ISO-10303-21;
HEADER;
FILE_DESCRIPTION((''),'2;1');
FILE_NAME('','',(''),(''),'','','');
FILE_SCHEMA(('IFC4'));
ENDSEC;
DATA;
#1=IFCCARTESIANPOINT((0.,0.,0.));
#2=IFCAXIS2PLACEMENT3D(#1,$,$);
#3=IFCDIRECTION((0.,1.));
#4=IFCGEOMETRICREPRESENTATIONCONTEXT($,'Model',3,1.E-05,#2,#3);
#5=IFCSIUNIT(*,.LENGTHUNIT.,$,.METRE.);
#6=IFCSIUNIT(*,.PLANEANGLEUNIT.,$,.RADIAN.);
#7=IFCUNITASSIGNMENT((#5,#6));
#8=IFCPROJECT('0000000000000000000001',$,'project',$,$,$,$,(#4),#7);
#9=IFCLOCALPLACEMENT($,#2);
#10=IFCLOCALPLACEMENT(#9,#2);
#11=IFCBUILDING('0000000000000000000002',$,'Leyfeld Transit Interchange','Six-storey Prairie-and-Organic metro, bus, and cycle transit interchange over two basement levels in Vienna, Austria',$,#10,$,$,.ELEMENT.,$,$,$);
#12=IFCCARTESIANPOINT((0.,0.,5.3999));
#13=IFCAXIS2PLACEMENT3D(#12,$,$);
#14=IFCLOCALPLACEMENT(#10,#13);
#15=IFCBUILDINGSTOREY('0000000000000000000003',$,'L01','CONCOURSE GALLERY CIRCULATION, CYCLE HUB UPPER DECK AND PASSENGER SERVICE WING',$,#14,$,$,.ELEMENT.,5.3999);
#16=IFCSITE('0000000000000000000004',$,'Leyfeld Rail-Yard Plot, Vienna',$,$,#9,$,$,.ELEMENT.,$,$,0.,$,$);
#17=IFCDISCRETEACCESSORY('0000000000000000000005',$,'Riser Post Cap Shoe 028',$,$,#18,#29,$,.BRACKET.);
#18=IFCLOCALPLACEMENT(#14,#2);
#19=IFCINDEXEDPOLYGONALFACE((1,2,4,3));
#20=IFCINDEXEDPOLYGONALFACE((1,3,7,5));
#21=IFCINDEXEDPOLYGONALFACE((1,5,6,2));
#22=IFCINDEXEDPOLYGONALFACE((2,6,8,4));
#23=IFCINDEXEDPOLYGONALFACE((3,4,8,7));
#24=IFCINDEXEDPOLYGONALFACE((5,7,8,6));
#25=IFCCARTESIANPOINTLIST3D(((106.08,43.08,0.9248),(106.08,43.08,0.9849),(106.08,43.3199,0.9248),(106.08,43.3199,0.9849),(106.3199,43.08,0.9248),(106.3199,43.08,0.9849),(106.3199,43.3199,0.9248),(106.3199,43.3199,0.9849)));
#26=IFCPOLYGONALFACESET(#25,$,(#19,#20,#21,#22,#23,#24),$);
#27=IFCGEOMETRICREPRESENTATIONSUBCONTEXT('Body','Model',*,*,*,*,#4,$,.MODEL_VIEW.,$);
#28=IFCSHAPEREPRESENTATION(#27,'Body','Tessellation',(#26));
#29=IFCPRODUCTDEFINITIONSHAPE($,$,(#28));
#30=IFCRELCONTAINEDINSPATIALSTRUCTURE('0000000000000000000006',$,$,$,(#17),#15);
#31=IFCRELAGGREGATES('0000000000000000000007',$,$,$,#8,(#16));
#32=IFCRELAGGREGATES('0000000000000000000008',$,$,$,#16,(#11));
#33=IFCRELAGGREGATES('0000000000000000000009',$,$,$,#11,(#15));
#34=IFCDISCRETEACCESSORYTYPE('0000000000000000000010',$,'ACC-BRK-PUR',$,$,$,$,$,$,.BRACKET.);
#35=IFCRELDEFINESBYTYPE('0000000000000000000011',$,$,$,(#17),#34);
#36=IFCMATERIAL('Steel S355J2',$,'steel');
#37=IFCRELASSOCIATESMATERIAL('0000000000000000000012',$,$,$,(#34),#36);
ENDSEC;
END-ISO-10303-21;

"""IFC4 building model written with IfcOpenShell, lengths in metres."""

from ifc_helpers import new_model, si_unit, direction, frame, origin, origin_2d, place, context, subcontext, project, spatial, rectangle, extrude, material, type_object, element, save


model = new_model("IFC4")

# Units and contexts
model_context = context("Model", 3, precision=1e-05, world=origin(), true_north=direction((0.0, 1.0)))
body_context = subcontext(model_context, "Body", "Model", "MODEL_VIEW")
ifc_project = project(units=[si_unit("LENGTHUNIT", "METRE"), si_unit("PLANEANGLEUNIT", "RADIAN")], contexts=[model_context])

# Site, building, storey
site_placement = place(None, origin())
site = spatial("IfcSite", under=ifc_project, at=site_placement, Name="Leyfeld Rail-Yard Plot, Vienna", CompositionType="ELEMENT", RefElevation=0.0)
building_placement = place(site_placement, origin())
building = spatial("IfcBuilding", under=site, at=building_placement, Name="Leyfeld Transit Interchange", Description="Six-storey Prairie-and-Organic metro, bus, and cycle transit interchange over two basement levels in Vienna, Austria", CompositionType="ELEMENT")
storey_placement = place(building_placement, frame((0.0, 0.0, 5.3999)))
storey = spatial("IfcBuildingStorey", under=building, at=storey_placement, Name="L01", Description="CONCOURSE GALLERY CIRCULATION, CYCLE HUB UPPER DECK AND PASSENGER SERVICE WING", CompositionType="ELEMENT", Elevation=5.3999)

# Shared definitions
ifc_material_1 = material(Name="Steel S355J2", Category="steel")

# Discrete accessory
discrete_accessory_type = type_object("IfcDiscreteAccessoryType", Name="ACC-BRK-PUR", PredefinedType="BRACKET", material=ifc_material_1)
discrete_accessory_placement = place(storey_placement, frame((106.2, 43.2, 0.9248), z_axis=(0.0, 0.0, 1.0), x_axis=(1.0, 0.0, 0.0)))
element("IfcDiscreteAccessory", 1, at=discrete_accessory_placement, inside=storey, type_object=discrete_accessory_type, Name="Riser Post Cap Shoe 028", PredefinedType="BRACKET", context=body_context, shape_type="SweptSolid", body=[
    extrude(rectangle(XDim=0.24, YDim=0.24, at=origin_2d()), origin(), (0.0, 0.0, 1.0), 0.0601),
])

save(model, "model.ifc")
